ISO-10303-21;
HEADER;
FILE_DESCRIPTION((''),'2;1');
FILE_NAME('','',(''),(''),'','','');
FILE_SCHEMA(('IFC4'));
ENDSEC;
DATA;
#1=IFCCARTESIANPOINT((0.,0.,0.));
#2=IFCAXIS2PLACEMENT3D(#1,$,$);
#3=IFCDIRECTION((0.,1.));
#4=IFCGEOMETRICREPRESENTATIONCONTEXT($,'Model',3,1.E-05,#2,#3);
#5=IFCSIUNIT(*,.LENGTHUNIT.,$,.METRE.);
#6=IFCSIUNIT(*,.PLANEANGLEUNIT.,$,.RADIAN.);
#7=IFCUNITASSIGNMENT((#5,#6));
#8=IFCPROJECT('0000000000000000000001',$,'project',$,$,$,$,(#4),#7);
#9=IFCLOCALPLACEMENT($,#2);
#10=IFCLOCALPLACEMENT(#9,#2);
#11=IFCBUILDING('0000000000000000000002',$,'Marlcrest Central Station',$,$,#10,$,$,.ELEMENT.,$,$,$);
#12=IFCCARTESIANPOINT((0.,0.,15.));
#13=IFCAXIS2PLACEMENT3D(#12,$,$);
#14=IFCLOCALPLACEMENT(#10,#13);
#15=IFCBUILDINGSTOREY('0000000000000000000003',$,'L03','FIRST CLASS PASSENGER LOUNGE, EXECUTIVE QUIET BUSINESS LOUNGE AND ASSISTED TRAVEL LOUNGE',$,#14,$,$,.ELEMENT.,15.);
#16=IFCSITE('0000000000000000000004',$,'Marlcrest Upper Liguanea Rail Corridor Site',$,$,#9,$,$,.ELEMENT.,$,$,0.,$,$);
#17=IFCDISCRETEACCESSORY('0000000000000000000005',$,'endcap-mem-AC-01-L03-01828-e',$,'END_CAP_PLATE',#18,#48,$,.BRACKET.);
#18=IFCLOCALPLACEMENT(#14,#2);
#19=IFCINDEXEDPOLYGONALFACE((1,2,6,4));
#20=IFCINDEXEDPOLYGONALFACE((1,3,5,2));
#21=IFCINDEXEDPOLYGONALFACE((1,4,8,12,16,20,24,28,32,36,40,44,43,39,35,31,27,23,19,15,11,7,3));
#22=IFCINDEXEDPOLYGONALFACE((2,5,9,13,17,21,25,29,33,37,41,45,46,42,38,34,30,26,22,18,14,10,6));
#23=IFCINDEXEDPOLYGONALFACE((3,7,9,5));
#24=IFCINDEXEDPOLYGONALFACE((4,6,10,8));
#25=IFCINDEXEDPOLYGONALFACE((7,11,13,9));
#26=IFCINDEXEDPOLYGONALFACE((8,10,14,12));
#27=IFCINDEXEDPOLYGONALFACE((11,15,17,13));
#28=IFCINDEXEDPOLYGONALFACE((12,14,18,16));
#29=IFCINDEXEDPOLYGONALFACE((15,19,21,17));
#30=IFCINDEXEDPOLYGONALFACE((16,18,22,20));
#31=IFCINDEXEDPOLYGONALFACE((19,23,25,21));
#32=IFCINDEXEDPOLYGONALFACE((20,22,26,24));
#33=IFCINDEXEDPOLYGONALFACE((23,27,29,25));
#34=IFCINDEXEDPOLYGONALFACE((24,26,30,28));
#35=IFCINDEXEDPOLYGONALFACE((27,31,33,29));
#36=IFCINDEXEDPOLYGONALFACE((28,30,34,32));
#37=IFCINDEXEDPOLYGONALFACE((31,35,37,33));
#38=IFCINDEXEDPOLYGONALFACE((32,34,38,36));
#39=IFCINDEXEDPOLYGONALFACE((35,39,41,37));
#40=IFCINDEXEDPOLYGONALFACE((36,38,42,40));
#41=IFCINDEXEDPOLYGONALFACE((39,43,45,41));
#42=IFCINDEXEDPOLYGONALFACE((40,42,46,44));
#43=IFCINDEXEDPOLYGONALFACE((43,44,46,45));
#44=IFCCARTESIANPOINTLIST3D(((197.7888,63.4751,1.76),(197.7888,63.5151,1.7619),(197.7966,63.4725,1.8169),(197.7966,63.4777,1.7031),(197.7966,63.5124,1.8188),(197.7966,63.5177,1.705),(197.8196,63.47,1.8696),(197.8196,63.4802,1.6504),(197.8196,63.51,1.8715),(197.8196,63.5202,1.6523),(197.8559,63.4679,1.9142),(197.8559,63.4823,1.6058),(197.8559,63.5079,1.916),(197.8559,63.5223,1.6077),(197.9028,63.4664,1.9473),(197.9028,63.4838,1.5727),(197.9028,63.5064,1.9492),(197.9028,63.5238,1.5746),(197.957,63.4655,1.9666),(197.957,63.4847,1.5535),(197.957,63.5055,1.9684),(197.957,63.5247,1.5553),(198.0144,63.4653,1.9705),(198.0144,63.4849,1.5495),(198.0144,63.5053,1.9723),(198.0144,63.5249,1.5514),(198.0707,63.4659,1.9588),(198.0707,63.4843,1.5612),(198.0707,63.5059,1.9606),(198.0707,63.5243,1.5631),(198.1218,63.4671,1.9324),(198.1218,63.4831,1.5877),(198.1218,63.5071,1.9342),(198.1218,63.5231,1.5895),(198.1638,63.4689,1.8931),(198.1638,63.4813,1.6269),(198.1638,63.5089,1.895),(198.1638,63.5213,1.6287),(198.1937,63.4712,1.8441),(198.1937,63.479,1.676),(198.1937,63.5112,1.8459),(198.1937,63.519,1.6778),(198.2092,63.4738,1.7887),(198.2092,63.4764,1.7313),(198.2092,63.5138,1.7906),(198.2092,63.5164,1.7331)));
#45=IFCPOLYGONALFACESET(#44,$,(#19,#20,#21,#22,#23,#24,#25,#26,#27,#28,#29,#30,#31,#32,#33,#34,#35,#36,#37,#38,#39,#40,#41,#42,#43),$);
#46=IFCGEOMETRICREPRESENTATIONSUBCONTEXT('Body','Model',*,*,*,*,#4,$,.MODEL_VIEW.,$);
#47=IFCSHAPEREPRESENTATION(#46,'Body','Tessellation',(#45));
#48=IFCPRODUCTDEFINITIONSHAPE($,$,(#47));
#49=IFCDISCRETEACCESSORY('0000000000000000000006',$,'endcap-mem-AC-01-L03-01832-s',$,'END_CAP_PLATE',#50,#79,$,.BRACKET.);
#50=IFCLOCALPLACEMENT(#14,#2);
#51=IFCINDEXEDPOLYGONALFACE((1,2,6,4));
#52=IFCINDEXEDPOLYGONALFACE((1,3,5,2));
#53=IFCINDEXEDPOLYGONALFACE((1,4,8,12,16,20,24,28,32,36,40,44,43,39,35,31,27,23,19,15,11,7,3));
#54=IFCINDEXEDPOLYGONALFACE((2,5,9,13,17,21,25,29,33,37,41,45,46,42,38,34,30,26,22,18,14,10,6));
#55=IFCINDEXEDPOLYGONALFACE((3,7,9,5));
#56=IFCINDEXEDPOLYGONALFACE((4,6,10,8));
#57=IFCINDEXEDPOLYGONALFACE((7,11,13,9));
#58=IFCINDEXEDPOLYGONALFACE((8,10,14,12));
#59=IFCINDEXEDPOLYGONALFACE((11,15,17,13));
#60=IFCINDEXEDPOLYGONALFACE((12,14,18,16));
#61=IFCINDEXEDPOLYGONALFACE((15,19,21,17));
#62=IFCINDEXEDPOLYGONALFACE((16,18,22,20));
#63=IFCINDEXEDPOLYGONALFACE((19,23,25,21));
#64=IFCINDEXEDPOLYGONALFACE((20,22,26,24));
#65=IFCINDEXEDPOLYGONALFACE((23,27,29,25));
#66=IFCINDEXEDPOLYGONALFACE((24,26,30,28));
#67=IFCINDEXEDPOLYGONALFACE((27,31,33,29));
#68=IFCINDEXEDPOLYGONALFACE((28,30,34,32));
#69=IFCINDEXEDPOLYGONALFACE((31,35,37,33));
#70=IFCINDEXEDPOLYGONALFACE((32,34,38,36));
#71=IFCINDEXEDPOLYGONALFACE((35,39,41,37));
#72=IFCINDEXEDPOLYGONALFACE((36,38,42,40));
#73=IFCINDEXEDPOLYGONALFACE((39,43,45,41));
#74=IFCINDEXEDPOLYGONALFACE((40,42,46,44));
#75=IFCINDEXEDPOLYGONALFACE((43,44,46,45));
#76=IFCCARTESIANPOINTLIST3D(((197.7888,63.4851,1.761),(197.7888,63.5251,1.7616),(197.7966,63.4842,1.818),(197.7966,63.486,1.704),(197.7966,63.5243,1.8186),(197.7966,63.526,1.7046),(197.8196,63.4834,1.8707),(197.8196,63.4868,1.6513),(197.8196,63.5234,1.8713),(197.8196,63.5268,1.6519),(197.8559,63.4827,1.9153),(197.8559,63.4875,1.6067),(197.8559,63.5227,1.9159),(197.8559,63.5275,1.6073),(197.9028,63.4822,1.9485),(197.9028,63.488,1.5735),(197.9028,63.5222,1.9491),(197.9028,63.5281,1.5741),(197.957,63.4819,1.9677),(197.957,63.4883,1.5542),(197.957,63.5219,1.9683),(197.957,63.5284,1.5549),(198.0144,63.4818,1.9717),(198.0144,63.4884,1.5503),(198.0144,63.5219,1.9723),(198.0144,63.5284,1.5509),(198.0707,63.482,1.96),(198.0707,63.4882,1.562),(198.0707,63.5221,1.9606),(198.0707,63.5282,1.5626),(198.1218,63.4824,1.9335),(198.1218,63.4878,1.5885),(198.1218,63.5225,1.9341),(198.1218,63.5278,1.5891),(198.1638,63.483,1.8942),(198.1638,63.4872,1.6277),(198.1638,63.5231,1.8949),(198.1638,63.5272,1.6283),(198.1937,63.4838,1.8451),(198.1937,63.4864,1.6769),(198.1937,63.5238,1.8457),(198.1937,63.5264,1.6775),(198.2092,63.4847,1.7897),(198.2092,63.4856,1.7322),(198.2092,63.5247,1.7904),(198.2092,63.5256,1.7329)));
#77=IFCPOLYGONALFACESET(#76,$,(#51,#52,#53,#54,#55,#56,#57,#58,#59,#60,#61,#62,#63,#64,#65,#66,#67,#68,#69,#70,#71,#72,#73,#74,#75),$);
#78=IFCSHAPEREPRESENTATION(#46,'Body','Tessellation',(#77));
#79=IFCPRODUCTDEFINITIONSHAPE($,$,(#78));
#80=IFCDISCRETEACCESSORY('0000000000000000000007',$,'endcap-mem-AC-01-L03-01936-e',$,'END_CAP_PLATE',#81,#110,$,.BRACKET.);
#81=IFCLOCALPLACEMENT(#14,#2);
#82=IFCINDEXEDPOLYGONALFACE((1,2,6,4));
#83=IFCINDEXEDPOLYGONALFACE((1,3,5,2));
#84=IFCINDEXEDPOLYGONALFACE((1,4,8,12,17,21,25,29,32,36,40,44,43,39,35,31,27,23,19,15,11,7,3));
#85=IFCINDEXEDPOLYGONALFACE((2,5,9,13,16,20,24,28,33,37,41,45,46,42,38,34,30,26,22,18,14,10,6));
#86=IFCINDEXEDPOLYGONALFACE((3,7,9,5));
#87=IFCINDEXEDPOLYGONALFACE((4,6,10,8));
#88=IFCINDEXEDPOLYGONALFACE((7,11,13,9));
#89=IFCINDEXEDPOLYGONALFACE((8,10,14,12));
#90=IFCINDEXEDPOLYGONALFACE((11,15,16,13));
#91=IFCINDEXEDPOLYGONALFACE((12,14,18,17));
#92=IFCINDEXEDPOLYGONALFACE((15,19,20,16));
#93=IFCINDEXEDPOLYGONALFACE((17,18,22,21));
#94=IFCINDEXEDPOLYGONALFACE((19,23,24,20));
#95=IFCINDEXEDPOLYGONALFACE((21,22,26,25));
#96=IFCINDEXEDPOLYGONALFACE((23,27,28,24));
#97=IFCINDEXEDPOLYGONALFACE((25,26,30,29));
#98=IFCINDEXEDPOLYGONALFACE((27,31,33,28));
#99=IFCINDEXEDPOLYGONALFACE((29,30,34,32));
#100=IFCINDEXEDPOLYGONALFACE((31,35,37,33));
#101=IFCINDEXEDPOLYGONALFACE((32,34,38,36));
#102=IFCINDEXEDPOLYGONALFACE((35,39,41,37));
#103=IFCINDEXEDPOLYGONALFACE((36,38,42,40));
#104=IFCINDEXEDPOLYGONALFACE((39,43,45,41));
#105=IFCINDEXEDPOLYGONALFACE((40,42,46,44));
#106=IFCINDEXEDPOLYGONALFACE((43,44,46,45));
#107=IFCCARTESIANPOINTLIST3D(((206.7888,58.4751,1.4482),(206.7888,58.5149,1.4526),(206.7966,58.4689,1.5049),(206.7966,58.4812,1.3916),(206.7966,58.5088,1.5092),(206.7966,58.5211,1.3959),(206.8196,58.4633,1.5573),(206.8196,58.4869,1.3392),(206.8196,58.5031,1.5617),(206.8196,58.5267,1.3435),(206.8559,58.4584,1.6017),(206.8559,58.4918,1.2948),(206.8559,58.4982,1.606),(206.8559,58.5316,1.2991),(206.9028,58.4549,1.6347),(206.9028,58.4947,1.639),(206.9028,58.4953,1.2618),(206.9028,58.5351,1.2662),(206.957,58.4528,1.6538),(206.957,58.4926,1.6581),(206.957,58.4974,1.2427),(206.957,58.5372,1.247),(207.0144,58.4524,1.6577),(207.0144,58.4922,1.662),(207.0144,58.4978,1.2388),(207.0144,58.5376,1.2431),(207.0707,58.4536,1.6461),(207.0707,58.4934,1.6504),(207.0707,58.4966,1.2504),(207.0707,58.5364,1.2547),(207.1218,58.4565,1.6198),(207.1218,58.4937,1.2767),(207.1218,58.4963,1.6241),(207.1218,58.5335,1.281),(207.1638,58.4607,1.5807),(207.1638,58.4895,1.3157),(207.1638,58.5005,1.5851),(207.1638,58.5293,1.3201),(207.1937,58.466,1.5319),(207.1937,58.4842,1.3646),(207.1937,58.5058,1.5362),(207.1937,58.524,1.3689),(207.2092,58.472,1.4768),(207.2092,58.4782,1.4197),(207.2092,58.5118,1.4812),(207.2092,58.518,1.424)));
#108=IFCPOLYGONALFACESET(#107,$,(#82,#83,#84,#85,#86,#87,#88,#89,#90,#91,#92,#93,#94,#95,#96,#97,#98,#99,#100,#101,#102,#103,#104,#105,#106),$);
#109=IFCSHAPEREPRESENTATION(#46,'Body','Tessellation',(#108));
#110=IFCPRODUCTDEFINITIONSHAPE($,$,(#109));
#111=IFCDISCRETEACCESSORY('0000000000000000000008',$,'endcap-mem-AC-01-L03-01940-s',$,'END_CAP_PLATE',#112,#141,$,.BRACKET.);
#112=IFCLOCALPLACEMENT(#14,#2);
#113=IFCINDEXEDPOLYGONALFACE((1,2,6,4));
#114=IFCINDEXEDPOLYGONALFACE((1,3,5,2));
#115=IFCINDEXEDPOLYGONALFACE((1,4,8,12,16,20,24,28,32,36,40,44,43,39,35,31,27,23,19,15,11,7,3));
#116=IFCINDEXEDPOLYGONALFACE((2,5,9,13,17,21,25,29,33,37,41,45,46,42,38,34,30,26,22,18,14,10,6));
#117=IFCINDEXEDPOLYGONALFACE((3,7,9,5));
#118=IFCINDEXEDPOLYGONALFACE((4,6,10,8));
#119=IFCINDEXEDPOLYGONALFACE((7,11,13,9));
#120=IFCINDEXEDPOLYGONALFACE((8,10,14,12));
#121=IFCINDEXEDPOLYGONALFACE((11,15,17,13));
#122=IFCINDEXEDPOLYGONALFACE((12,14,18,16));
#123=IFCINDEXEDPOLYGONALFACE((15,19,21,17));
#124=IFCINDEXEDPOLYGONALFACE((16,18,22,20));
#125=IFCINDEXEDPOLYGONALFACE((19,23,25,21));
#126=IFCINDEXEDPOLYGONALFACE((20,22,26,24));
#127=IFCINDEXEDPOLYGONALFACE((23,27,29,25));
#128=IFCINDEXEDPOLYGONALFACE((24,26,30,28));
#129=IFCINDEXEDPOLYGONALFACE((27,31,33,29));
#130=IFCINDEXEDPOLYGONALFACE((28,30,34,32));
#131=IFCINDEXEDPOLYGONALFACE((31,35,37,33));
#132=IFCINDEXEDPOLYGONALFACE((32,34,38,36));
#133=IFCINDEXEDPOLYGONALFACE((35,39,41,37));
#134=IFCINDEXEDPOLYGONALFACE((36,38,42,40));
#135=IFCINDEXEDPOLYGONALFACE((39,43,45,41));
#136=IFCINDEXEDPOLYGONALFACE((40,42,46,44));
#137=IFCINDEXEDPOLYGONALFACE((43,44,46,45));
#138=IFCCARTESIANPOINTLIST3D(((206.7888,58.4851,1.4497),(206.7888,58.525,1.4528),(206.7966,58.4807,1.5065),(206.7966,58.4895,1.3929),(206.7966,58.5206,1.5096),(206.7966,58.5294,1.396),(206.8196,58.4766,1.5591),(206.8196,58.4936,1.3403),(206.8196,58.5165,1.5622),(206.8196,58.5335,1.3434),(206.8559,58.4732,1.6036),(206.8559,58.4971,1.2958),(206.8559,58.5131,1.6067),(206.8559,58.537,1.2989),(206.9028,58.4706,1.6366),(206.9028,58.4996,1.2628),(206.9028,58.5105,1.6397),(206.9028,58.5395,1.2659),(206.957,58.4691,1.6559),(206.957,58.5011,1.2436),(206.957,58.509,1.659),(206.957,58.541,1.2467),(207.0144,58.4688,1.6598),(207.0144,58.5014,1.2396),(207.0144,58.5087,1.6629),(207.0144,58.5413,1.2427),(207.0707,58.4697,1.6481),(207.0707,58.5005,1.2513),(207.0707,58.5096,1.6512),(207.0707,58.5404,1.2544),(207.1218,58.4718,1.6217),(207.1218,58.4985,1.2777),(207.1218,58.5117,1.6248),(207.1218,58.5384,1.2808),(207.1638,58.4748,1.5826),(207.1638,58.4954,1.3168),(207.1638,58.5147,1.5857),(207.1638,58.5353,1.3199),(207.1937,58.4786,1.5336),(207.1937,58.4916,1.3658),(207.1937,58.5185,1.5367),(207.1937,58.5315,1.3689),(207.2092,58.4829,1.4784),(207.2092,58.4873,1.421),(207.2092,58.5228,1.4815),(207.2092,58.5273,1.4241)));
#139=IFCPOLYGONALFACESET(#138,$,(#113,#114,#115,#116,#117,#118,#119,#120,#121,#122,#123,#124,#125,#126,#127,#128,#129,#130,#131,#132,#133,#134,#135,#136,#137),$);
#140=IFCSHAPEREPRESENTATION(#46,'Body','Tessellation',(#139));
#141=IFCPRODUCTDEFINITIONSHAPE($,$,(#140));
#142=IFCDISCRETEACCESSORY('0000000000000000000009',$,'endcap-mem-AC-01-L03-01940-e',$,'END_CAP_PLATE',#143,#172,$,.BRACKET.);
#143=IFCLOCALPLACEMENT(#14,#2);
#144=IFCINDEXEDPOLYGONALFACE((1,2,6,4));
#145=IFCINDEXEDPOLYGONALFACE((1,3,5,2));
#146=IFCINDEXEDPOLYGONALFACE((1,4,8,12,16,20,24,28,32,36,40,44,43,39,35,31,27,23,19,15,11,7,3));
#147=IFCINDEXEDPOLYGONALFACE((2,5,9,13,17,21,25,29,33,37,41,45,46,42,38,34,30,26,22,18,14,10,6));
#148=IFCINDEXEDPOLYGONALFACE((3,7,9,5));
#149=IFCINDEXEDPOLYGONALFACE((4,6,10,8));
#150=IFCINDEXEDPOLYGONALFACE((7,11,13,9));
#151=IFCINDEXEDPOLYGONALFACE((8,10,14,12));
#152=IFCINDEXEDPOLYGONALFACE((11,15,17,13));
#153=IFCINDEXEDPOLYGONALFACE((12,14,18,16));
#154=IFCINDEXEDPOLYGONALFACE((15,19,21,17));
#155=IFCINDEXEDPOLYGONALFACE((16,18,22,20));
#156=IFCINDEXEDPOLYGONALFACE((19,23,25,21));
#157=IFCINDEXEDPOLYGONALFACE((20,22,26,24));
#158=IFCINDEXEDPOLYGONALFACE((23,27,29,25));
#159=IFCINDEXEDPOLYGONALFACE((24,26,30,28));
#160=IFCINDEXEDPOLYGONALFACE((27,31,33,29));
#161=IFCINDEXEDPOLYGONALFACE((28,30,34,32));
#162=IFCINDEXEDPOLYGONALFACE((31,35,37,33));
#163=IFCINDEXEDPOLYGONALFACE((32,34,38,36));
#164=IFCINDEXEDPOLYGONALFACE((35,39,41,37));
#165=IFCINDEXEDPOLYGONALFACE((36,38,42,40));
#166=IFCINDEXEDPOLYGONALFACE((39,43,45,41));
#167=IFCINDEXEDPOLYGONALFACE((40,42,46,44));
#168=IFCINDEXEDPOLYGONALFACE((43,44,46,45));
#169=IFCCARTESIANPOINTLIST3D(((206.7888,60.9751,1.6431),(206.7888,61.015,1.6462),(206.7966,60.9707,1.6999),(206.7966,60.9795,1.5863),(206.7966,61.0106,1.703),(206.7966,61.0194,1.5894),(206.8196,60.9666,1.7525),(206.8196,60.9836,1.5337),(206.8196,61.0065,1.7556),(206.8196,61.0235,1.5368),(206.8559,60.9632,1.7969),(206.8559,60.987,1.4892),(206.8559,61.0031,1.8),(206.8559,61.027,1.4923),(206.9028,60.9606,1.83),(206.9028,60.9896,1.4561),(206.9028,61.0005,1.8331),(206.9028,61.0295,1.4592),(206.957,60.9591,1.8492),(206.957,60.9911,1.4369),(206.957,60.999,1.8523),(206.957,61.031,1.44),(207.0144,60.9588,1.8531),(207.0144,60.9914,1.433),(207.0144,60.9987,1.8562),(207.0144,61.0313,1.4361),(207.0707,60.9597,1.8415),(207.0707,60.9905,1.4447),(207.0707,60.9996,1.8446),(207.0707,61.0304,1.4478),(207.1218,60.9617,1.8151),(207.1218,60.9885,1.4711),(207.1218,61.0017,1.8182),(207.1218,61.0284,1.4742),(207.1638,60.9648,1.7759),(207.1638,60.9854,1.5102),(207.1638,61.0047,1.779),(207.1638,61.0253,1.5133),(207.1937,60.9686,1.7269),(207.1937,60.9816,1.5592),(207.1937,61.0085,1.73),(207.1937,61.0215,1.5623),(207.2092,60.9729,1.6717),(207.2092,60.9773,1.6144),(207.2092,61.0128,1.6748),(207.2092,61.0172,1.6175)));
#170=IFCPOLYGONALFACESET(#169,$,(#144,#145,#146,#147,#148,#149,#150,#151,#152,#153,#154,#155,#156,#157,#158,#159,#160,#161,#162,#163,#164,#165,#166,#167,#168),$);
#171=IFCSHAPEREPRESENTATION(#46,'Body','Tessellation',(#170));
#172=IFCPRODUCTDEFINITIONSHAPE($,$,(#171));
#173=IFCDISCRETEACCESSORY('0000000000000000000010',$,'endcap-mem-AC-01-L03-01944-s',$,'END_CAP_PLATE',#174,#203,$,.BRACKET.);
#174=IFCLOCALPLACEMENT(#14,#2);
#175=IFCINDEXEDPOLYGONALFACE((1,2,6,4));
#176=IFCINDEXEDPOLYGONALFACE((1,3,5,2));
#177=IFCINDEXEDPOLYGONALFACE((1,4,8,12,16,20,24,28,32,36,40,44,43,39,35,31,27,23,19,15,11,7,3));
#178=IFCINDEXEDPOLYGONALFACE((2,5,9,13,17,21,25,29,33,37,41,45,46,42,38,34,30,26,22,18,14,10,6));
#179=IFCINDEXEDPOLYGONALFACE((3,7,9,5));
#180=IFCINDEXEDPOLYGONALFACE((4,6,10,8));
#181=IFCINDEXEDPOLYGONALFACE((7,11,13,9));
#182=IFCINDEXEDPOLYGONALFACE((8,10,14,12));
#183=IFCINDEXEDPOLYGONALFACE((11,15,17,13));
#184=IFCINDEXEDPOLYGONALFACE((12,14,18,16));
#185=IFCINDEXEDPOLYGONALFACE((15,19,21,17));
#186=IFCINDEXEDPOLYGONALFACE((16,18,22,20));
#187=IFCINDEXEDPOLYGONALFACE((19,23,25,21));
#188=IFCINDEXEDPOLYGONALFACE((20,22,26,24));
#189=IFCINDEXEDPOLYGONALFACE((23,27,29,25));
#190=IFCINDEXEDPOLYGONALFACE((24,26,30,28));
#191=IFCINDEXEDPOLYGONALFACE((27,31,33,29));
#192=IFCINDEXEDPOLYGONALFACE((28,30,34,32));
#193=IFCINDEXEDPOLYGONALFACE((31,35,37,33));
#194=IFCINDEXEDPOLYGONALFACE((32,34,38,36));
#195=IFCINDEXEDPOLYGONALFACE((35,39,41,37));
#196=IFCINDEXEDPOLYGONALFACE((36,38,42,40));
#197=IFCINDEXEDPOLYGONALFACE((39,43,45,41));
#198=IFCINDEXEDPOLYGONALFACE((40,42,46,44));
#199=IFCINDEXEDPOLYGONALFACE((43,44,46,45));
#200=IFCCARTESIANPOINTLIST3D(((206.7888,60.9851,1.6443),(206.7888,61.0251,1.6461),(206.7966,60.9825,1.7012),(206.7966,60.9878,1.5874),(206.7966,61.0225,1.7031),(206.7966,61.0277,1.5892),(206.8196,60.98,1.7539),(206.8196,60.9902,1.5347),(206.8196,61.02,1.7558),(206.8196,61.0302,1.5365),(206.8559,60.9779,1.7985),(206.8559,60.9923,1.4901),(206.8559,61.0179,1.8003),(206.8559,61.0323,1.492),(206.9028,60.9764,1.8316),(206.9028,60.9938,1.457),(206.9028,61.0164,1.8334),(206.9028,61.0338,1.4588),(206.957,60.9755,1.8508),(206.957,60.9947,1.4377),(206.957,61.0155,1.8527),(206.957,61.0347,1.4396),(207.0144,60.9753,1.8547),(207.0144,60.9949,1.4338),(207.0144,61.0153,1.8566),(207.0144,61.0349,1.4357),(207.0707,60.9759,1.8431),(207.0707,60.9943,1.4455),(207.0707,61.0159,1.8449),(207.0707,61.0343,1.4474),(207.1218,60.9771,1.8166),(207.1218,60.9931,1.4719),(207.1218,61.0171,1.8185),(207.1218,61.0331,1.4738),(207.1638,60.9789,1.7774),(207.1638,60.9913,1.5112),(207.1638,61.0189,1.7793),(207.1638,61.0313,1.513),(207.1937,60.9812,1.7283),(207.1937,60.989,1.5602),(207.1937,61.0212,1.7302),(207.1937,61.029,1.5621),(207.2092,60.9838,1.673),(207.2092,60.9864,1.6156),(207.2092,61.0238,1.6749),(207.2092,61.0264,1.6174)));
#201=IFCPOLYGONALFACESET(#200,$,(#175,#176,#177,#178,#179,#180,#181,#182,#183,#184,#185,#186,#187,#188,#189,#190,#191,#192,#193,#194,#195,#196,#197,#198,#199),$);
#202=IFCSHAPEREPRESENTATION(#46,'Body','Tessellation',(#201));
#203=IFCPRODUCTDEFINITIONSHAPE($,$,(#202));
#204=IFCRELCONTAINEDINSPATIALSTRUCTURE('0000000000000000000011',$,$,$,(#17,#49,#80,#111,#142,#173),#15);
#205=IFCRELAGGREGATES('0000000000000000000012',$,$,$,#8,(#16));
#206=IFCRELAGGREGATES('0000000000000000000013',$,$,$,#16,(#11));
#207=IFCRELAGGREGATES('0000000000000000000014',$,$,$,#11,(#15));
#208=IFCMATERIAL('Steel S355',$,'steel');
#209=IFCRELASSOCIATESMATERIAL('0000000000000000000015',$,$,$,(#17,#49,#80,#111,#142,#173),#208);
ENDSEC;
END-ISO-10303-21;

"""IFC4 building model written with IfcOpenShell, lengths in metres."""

from ifc_helpers import new_model, si_unit, direction, frame, origin, origin_2d, place, context, subcontext, project, spatial, circle, extrude, material, element, save


model = new_model("IFC4")

# Units and contexts
model_context = context("Model", 3, precision=1e-05, world=origin(), true_north=direction((0.0, 1.0)))
body_context = subcontext(model_context, "Body", "Model", "MODEL_VIEW")
ifc_project = project(units=[si_unit("LENGTHUNIT", "METRE"), si_unit("PLANEANGLEUNIT", "RADIAN")], contexts=[model_context])

# Site, building, storey
site_placement = place(None, origin())
site = spatial("IfcSite", under=ifc_project, at=site_placement, Name="Marlcrest Upper Liguanea Rail Corridor Site", CompositionType="ELEMENT", RefElevation=0.0)
building_placement = place(site_placement, origin())
building = spatial("IfcBuilding", under=site, at=building_placement, Name="Marlcrest Central Station", CompositionType="ELEMENT")
storey_placement = place(building_placement, frame((0.0, 0.0, 15.0)))
storey = spatial("IfcBuildingStorey", under=building, at=storey_placement, Name="L03", Description="FIRST CLASS PASSENGER LOUNGE, EXECUTIVE QUIET BUSINESS LOUNGE AND ASSISTED TRAVEL LOUNGE", CompositionType="ELEMENT", Elevation=15.0)

# Shared definitions
ifc_material_1 = material(Name="Steel S355", Category="steel")

# Discrete accessories
for number, where, z_axis, x_axis, name in (
    (1, (198.0, 63.4751, 1.76), (0.0, 0.998921, 0.046434), (-1.0, 0.0, 0.0), "endcap-mem-AC-01-L03-01828-e"),
    (2, (198.0, 63.4851, 1.761), (0.0, 0.999879, 0.015525), (-1.0, 0.0, 0.0), "endcap-mem-AC-01-L03-01832-s"),
    (3, (207.0, 58.4751, 1.4482), (0.0, 0.994155, 0.107959), (-1.0, 0.0, 0.0), "endcap-mem-AC-01-L03-01936-e"),
    (4, (207.0, 58.4851, 1.4497), (0.0, 0.997, 0.077404), (-1.0, 0.0, 0.0), "endcap-mem-AC-01-L03-01940-s"),
    (5, (207.0, 60.9751, 1.6431), (0.0, 0.997, 0.077404), (-1.0, 0.0, 0.0), "endcap-mem-AC-01-L03-01940-e"),
    (6, (207.0, 60.9851, 1.6443), (0.0, 0.998921, 0.046434), (-1.0, 0.0, 0.0), "endcap-mem-AC-01-L03-01944-s"),
):
    element("IfcDiscreteAccessory", number, at=place(storey_placement, frame(where, z_axis=z_axis, x_axis=x_axis)), inside=storey, material=ifc_material_1, Name=name, ObjectType="END_CAP_PLATE", PredefinedType="BRACKET", context=body_context, shape_type="SweptSolid", body=[
        extrude(circle(Radius=0.2112, at=origin_2d()), origin(), (0.0, 0.0, 1.0), 0.04),
    ])

save(model, "model.ifc")
